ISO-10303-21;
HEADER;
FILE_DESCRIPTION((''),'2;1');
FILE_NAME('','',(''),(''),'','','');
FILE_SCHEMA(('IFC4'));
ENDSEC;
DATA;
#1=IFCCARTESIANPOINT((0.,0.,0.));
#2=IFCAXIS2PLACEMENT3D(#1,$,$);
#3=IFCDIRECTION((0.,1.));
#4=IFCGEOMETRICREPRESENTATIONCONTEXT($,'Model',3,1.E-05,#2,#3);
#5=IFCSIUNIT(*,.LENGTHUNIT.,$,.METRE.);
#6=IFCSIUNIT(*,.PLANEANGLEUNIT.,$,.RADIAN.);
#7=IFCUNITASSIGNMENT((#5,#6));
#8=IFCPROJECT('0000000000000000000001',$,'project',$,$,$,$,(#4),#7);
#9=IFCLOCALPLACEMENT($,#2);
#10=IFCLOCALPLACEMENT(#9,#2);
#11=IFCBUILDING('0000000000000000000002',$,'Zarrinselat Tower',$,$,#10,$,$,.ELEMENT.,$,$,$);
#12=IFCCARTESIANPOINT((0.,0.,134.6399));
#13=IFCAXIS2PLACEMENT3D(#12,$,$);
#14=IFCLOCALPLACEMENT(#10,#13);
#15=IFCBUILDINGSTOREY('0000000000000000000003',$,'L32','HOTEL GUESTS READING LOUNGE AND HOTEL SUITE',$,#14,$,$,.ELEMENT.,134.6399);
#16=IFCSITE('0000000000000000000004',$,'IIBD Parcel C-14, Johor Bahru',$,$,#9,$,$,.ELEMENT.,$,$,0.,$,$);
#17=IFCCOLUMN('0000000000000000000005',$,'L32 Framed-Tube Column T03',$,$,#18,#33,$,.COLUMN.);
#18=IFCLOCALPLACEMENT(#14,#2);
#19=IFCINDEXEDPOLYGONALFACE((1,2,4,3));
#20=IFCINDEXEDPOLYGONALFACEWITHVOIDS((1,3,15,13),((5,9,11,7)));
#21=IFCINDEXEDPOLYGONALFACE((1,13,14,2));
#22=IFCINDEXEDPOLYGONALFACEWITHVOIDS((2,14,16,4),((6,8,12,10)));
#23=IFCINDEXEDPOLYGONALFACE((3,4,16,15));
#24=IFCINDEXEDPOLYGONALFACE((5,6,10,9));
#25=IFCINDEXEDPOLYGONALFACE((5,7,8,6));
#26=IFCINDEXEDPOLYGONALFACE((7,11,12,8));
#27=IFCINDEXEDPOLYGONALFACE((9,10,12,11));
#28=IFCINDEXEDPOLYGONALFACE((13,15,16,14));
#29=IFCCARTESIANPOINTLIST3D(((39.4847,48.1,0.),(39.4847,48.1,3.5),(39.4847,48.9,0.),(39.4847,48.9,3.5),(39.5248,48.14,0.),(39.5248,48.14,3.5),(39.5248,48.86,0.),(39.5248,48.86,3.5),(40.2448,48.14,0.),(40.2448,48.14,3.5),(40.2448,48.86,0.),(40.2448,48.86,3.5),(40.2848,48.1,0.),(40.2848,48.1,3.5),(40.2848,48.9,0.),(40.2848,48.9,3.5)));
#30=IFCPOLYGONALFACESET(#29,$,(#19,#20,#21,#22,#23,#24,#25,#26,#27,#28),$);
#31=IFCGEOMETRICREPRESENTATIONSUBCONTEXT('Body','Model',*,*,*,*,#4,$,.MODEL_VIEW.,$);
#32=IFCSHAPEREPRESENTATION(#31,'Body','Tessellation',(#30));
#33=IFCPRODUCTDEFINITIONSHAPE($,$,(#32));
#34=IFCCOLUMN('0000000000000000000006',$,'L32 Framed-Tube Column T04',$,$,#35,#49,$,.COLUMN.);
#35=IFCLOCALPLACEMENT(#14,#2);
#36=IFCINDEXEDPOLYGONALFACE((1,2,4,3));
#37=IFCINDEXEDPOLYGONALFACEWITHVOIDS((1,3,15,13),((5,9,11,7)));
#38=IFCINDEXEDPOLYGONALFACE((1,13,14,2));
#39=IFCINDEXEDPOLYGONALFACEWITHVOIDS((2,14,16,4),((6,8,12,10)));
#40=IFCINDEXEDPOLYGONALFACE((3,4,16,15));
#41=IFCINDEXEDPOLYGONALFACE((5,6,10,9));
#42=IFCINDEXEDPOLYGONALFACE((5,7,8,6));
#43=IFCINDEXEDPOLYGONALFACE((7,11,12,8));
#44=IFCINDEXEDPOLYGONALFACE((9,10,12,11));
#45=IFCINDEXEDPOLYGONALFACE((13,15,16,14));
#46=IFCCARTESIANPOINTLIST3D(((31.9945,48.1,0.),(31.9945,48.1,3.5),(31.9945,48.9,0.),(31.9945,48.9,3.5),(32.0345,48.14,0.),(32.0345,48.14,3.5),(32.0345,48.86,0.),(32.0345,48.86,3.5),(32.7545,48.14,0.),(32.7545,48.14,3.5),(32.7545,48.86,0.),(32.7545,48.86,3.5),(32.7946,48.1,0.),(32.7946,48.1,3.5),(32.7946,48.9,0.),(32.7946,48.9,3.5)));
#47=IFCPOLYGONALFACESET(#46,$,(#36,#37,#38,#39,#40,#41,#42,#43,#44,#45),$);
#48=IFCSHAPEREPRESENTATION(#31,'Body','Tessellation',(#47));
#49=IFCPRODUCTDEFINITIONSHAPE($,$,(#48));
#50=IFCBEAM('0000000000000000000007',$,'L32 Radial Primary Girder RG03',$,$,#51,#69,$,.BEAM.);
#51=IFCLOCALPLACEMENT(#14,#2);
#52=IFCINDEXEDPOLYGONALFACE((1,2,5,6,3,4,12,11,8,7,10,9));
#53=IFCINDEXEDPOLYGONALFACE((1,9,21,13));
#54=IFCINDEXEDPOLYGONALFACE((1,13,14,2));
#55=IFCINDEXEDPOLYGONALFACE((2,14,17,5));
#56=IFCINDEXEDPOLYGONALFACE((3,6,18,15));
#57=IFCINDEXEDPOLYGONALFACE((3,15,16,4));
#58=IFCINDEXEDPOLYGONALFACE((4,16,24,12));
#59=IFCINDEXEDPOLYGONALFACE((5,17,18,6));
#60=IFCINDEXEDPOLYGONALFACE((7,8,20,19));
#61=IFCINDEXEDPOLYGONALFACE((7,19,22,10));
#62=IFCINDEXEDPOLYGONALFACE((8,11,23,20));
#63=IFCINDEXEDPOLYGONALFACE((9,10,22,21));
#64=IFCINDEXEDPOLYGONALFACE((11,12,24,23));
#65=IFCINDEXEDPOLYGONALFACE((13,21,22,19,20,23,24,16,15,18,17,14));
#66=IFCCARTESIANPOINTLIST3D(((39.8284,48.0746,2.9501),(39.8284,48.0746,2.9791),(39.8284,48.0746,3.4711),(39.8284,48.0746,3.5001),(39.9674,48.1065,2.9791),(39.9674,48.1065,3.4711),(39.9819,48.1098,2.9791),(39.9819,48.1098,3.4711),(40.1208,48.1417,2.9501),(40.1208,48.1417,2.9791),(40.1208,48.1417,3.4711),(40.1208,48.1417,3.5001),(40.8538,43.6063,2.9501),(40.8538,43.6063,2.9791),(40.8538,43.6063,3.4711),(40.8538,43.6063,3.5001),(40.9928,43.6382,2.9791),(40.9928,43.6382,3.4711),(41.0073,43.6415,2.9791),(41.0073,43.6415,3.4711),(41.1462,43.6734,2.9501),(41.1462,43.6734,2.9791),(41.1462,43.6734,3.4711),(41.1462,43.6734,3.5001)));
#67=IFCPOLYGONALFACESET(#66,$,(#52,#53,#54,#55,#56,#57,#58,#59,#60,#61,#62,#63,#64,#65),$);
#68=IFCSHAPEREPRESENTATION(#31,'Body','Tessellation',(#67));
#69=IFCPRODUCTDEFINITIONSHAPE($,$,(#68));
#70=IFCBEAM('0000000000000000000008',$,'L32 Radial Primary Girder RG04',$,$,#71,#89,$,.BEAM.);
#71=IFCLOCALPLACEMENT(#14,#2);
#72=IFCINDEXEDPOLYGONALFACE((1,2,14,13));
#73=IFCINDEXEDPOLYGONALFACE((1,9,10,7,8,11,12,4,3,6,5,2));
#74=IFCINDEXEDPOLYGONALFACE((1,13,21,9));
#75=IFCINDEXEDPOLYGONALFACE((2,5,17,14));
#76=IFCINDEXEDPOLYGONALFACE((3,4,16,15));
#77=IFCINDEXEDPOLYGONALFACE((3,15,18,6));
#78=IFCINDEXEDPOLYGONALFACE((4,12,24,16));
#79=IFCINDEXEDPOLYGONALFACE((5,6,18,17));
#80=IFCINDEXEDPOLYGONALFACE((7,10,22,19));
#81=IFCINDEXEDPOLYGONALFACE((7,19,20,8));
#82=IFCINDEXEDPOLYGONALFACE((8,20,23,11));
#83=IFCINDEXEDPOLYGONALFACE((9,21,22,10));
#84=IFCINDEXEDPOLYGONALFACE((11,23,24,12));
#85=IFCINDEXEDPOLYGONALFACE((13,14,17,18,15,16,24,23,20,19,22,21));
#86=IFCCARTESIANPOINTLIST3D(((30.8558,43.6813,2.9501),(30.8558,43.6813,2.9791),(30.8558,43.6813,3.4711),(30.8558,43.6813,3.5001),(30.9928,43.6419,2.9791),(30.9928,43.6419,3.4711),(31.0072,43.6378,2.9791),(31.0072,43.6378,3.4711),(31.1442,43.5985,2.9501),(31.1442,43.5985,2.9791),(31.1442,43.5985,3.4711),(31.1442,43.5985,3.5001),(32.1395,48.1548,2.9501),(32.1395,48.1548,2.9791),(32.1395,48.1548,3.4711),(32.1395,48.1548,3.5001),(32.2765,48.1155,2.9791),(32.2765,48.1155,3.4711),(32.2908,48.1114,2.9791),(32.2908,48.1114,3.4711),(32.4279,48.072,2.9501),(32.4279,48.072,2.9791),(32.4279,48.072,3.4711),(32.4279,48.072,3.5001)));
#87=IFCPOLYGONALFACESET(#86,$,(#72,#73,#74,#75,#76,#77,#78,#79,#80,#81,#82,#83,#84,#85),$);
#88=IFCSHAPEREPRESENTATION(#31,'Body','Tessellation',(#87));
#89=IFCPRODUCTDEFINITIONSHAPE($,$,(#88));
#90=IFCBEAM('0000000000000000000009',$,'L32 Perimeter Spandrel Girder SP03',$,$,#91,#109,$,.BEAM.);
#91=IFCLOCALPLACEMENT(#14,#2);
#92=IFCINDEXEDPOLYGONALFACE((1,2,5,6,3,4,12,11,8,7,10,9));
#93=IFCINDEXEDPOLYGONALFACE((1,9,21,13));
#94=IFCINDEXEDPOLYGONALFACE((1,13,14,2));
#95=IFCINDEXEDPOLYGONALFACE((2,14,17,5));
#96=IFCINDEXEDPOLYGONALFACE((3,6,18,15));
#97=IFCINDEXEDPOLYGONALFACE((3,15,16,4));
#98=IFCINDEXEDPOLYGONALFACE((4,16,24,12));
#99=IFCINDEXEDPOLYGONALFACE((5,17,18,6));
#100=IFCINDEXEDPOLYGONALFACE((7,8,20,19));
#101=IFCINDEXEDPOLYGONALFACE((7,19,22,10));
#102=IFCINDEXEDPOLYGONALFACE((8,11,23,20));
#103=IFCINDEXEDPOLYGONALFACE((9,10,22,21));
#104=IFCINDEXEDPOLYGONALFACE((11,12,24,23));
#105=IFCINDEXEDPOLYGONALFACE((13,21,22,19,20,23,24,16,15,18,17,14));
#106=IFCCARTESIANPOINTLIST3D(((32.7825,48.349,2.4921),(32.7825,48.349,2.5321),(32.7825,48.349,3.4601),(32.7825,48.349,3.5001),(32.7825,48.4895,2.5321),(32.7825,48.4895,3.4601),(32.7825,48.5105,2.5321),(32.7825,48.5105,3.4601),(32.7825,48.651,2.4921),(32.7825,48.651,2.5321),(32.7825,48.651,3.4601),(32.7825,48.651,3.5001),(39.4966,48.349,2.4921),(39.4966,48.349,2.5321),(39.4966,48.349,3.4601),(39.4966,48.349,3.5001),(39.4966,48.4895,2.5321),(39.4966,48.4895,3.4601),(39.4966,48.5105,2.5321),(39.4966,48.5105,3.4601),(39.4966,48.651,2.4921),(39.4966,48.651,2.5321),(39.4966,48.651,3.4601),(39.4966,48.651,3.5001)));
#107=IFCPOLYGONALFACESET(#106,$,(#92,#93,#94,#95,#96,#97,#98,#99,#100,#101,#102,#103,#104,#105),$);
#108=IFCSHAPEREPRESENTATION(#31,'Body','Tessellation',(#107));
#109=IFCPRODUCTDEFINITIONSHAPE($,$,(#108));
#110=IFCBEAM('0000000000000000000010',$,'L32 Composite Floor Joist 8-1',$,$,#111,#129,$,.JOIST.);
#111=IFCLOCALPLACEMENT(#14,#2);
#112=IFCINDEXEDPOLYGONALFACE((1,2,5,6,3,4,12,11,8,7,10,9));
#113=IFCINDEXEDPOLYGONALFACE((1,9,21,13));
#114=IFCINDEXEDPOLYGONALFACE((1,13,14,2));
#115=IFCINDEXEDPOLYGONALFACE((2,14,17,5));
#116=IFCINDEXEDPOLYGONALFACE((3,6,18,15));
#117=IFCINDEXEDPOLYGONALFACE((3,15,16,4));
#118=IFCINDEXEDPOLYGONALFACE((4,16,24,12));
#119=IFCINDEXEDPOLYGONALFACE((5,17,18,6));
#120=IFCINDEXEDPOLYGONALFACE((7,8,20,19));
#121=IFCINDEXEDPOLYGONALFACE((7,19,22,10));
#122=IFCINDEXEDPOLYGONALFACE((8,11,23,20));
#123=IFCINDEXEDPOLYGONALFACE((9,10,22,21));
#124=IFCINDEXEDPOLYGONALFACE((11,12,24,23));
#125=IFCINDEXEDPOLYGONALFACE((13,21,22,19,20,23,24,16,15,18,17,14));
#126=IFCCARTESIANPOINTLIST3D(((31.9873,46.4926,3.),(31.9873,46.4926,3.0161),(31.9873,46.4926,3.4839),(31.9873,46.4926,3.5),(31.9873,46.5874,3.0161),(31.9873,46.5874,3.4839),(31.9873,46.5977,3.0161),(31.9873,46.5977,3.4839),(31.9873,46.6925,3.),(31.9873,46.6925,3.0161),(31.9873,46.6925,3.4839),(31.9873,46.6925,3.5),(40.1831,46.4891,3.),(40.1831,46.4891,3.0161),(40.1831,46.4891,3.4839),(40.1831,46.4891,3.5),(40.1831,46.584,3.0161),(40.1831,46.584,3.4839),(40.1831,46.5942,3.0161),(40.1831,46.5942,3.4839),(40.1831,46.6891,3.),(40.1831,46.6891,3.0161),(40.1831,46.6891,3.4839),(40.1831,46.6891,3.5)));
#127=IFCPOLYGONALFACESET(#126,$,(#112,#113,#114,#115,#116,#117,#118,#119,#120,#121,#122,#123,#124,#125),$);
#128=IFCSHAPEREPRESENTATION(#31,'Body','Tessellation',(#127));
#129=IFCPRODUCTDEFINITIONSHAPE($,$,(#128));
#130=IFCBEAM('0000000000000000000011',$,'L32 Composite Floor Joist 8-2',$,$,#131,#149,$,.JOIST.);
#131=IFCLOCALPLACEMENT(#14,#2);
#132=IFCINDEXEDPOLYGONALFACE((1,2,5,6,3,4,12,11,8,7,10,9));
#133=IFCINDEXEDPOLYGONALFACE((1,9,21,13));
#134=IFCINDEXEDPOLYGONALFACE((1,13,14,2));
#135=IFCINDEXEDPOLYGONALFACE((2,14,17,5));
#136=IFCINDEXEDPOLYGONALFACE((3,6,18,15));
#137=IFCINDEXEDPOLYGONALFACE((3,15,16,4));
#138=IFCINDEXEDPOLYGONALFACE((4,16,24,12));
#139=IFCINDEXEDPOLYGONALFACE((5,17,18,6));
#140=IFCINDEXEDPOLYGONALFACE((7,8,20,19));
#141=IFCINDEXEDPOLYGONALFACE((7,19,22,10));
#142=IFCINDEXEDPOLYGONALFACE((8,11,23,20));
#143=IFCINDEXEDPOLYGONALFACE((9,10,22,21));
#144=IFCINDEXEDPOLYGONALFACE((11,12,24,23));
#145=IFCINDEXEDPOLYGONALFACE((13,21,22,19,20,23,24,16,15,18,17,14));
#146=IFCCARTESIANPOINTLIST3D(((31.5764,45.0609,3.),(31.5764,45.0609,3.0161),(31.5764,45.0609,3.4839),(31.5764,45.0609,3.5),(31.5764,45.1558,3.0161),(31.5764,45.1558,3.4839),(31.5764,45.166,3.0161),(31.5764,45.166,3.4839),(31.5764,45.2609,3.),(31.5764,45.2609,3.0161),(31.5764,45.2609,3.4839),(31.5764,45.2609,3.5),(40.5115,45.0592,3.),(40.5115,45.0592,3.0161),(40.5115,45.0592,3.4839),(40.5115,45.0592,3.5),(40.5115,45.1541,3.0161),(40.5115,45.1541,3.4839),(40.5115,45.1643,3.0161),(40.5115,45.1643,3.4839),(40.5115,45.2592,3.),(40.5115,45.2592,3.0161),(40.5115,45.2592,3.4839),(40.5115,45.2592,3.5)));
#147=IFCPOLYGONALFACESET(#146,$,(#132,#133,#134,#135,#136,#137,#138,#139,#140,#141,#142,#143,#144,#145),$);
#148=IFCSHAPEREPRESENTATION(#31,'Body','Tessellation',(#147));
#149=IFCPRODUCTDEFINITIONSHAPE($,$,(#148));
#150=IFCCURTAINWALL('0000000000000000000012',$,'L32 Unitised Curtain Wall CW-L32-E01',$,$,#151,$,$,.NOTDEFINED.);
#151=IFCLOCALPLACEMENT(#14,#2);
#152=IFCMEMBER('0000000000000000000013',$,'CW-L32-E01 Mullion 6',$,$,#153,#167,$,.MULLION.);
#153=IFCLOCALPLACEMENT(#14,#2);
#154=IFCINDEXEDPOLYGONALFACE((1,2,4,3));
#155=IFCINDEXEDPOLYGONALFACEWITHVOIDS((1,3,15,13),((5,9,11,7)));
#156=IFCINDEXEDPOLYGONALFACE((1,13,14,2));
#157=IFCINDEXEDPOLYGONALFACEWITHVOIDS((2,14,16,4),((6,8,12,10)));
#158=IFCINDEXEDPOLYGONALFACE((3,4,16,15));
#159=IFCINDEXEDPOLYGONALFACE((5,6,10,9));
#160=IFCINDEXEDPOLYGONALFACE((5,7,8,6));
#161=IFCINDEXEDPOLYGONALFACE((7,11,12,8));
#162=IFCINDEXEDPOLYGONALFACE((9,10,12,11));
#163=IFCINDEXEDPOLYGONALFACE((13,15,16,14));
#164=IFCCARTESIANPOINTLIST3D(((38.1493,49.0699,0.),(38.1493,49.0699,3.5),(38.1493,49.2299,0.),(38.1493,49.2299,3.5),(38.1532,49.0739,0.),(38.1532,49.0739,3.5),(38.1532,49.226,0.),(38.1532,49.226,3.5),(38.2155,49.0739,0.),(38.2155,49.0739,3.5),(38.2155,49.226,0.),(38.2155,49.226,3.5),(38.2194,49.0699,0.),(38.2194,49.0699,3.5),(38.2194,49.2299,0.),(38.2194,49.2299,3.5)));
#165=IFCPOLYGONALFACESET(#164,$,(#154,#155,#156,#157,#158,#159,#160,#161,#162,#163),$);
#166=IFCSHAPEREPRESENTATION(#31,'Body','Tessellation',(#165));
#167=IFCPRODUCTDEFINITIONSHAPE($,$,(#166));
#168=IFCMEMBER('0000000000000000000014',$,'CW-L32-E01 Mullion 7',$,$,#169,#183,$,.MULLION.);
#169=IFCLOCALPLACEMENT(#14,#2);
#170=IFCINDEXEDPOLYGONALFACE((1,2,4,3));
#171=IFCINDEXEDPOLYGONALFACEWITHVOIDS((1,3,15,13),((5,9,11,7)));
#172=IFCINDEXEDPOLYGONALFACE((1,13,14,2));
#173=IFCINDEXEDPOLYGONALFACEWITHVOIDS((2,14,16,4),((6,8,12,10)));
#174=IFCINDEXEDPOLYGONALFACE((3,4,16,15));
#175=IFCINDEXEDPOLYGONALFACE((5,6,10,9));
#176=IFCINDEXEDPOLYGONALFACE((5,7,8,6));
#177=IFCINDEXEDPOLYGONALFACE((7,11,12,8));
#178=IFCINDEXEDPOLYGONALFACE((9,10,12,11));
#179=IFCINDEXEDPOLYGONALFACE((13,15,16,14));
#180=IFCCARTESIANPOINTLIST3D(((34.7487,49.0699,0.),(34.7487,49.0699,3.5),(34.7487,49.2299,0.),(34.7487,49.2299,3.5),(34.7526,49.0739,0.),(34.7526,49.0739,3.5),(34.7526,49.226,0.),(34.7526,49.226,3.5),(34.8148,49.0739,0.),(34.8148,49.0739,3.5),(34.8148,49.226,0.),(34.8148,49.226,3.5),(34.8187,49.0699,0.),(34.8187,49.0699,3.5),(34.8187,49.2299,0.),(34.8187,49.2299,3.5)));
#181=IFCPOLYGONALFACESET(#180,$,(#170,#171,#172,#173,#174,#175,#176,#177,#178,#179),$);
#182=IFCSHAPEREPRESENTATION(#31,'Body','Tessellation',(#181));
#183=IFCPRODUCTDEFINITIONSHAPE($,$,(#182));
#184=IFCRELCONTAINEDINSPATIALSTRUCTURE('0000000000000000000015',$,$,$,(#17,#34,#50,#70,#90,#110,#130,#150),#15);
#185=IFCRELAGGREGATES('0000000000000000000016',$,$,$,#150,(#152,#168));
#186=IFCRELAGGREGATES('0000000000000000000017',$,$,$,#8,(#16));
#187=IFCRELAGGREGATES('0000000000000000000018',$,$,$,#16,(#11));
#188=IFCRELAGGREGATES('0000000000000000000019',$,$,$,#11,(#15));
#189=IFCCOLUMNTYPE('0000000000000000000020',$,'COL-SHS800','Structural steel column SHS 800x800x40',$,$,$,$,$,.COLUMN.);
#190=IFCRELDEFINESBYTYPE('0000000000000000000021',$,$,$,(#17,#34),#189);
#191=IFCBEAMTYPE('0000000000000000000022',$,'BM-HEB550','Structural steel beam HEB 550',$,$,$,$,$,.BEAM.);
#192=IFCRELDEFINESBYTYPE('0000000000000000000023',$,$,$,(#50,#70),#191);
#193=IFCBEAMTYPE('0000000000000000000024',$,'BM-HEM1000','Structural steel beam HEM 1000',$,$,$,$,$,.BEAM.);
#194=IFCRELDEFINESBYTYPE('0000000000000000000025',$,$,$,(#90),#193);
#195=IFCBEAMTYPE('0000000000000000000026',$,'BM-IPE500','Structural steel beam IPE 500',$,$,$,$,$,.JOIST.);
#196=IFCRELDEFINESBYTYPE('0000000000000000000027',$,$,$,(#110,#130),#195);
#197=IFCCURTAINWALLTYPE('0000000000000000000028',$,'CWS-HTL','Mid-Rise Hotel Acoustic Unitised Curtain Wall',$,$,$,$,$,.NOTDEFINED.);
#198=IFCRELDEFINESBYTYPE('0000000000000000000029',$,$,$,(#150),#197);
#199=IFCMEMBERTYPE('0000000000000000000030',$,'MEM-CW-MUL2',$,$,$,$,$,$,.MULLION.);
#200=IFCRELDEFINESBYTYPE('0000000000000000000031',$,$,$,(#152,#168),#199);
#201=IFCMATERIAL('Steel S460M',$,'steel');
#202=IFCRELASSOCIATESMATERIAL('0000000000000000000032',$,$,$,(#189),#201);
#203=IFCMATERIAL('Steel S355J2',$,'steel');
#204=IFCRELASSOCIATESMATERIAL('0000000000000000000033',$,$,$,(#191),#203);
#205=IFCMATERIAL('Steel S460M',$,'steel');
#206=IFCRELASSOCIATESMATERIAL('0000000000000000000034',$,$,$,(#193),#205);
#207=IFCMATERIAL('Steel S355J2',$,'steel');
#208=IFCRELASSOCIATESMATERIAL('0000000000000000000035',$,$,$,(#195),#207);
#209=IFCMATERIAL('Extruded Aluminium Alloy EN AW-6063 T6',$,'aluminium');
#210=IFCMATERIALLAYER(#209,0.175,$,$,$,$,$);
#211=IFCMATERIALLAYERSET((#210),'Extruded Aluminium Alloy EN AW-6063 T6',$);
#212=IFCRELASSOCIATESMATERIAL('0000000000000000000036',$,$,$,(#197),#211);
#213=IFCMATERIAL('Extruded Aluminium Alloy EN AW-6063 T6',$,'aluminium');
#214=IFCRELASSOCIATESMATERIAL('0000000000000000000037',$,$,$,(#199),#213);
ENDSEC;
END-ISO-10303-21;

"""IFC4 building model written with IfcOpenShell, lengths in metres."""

from ifc_helpers import new_model, si_unit, direction, frame, origin, origin_2d, place, context, subcontext, project, spatial, hollow_rectangle, i_section, extrude, material, layer, layer_set, material_profile, profile_set, type_object, element, aggregate, save


model = new_model("IFC4")

# Units and contexts
model_context = context("Model", 3, precision=1e-05, world=origin(), true_north=direction((0.0, 1.0)))
body_context = subcontext(model_context, "Body", "Model", "MODEL_VIEW")
ifc_project = project(units=[si_unit("LENGTHUNIT", "METRE"), si_unit("PLANEANGLEUNIT", "RADIAN")], contexts=[model_context])

# Site, building, storey
site_placement = place(None, origin())
site = spatial("IfcSite", under=ifc_project, at=site_placement, Name="IIBD Parcel C-14, Johor Bahru", CompositionType="ELEMENT", RefElevation=0.0)
building_placement = place(site_placement, origin())
building = spatial("IfcBuilding", under=site, at=building_placement, Name="Zarrinselat Tower", CompositionType="ELEMENT")
storey_placement = place(building_placement, frame((0.0, 0.0, 134.6399)))
storey = spatial("IfcBuildingStorey", under=building, at=storey_placement, Name="L32", Description="HOTEL GUESTS READING LOUNGE AND HOTEL SUITE", CompositionType="ELEMENT", Elevation=134.6399)

# Columns
ifc_material_1 = material(Name="Steel S460M", Category="steel")
ifc_material_profile_1 = material_profile(ifc_material_1, hollow_rectangle(XDim=0.8, YDim=0.8, WallThickness=0.04, at=origin_2d()), Name="SHS 800x800x40")
ifc_profile_set_1 = profile_set([ifc_material_profile_1], Name="Steel S460M")
column_type = type_object("IfcColumnType", Name="COL-SHS800", Description="Structural steel column SHS 800x800x40", PredefinedType="COLUMN", material=ifc_profile_set_1)
for number, where, z_axis, x_axis, name in (
    (1, (39.8848, 48.5, 0.0), (0.0, 0.0, 1.0), (1.0, 0.0, 0.0), "L32 Framed-Tube Column T03"),
    (2, (32.3945, 48.5, 0.0), (0.0, 0.0, 1.0), (1.0, 0.0, 0.0), "L32 Framed-Tube Column T04"),
):
    element("IfcColumn", number, at=place(storey_placement, frame(where, z_axis=z_axis, x_axis=x_axis)), inside=storey, type_object=column_type, Name=name, PredefinedType="COLUMN", context=body_context, shape_type="SweptSolid", body=[
        extrude(hollow_rectangle(XDim=0.8, YDim=0.8, WallThickness=0.04, at=origin_2d()), origin(), (0.0, 0.0, 1.0), 3.5),
    ])

# Beams
ifc_material_2 = material(Name="Steel S355J2", Category="steel")
ifc_material_profile_2 = material_profile(ifc_material_2, i_section(OverallWidth=0.3, OverallDepth=0.55, WebThickness=0.0149, FlangeThickness=0.0291, at=origin_2d()), Name="HEB 550")
ifc_profile_set_2 = profile_set([ifc_material_profile_2], Name="Steel S355J2")
beam_type_1 = type_object("IfcBeamType", Name="BM-HEB550", Description="Structural steel beam HEB 550", PredefinedType="BEAM", material=ifc_profile_set_2)
beam_1_placement = place(storey_placement, frame((39.9746, 48.1082, 3.2251), z_axis=(0.223669, -0.974665, 0.0), x_axis=(0.974665, 0.223669, 0.0)))
element("IfcBeam", 3, at=beam_1_placement, inside=storey, type_object=beam_type_1, Name="L32 Radial Primary Girder RG03", PredefinedType="BEAM", context=body_context, shape_type="SweptSolid", body=[
    extrude(i_section(OverallWidth=0.3, OverallDepth=0.55, WebThickness=0.0149, FlangeThickness=0.0291, at=origin_2d()), origin(), (0.0, 0.0, 1.0), 4.5845),
])
beam_2_placement = place(storey_placement, frame((31.0, 43.6399, 3.2251), z_axis=(0.275816, 0.961211, 0.0), x_axis=(-0.961211, 0.275816, 0.0)))
element("IfcBeam", 4, at=beam_2_placement, inside=storey, type_object=beam_type_1, Name="L32 Radial Primary Girder RG04", PredefinedType="BEAM", context=body_context, shape_type="SweptSolid", body=[
    extrude(i_section(OverallWidth=0.3, OverallDepth=0.55, WebThickness=0.0149, FlangeThickness=0.0291, at=origin_2d()), origin(), (0.0, 0.0, 1.0), 4.6541),
])
ifc_material_3 = material(Name="Steel S460M", Category="steel")
ifc_material_profile_3 = material_profile(ifc_material_3, i_section(OverallWidth=0.302, OverallDepth=1.0081, WebThickness=0.021, FlangeThickness=0.04, at=origin_2d()), Name="HEM 1000")
ifc_profile_set_3 = profile_set([ifc_material_profile_3], Name="Steel S460M")
beam_type_2 = type_object("IfcBeamType", Name="BM-HEM1000", Description="Structural steel beam HEM 1000", PredefinedType="BEAM", material=ifc_profile_set_3)
beam_3_placement = place(storey_placement, frame((32.7825, 48.5, 2.9961), z_axis=(1.0, 0.0, 0.0), x_axis=(0.0, 1.0, 0.0)))
element("IfcBeam", 5, at=beam_3_placement, inside=storey, type_object=beam_type_2, Name="L32 Perimeter Spandrel Girder SP03", PredefinedType="BEAM", context=body_context, shape_type="SweptSolid", body=[
    extrude(i_section(OverallWidth=0.302, OverallDepth=1.0081, WebThickness=0.021, FlangeThickness=0.04, at=origin_2d()), origin(), (0.0, 0.0, 1.0), 6.7141),
])
ifc_material_4 = material(Name="Steel S355J2", Category="steel")
ifc_material_profile_4 = material_profile(ifc_material_4, i_section(OverallWidth=0.2, OverallDepth=0.5, WebThickness=0.0103, FlangeThickness=0.0161, at=origin_2d()), Name="IPE 500")
ifc_profile_set_4 = profile_set([ifc_material_profile_4], Name="Steel S355J2")
beam_type_3 = type_object("IfcBeamType", Name="BM-IPE500", Description="Structural steel beam IPE 500", PredefinedType="JOIST", material=ifc_profile_set_4)
beam_4_placement = place(storey_placement, frame((31.9873, 46.5925, 3.25), z_axis=(1.0, -0.000417, 0.0), x_axis=(0.000417, 1.0, 0.0)))
element("IfcBeam", 6, at=beam_4_placement, inside=storey, type_object=beam_type_3, Name="L32 Composite Floor Joist 8-1", PredefinedType="JOIST", context=body_context, shape_type="SweptSolid", body=[
    extrude(i_section(OverallWidth=0.2, OverallDepth=0.5, WebThickness=0.0103, FlangeThickness=0.0161, at=origin_2d()), origin(), (0.0, 0.0, 1.0), 8.1958),
])
beam_5_placement = place(storey_placement, frame((31.5764, 45.1609, 3.25), z_axis=(1.0, -0.000191, 0.0), x_axis=(0.000191, 1.0, 0.0)))
element("IfcBeam", 7, at=beam_5_placement, inside=storey, type_object=beam_type_3, Name="L32 Composite Floor Joist 8-2", PredefinedType="JOIST", context=body_context, shape_type="SweptSolid", body=[
    extrude(i_section(OverallWidth=0.2, OverallDepth=0.5, WebThickness=0.0103, FlangeThickness=0.0161, at=origin_2d()), origin(), (0.0, 0.0, 1.0), 8.9351),
])

# Curtain wall, members
ifc_material_5 = material(Name="Extruded Aluminium Alloy EN AW-6063 T6", Category="aluminium")
ifc_layer_1 = layer(ifc_material_5, 0.175)
ifc_layer_set_1 = layer_set([ifc_layer_1], Name="Extruded Aluminium Alloy EN AW-6063 T6")
curtain_wall_type = type_object("IfcCurtainWallType", Name="CWS-HTL", Description="Mid-Rise Hotel Acoustic Unitised Curtain Wall", PredefinedType="NOTDEFINED", material=ifc_layer_set_1)
curtain_wall_placement = place(storey_placement, origin())
curtain_wall = element("IfcCurtainWall", 8, at=curtain_wall_placement, inside=storey, type_object=curtain_wall_type, Name="L32 Unitised Curtain Wall CW-L32-E01", PredefinedType="NOTDEFINED")
ifc_material_6 = material(Name="Extruded Aluminium Alloy EN AW-6063 T6", Category="aluminium")
ifc_material_profile_5 = material_profile(ifc_material_6, hollow_rectangle(XDim=0.0701, YDim=0.1599, WallThickness=0.0039, at=origin_2d()), Name="RHS 160x70x4")
ifc_profile_set_5 = profile_set([ifc_material_profile_5], Name="Extruded Aluminium Alloy EN AW-6063 T6")
member_type_1 = type_object("IfcMemberType", Name="MEM-CW-MUL2", PredefinedType="MULLION", material=ifc_profile_set_5)
member_1_placement = place(storey_placement, frame((38.1843, 49.1499, 0.0), z_axis=(0.0, 0.0, 1.0), x_axis=(-1.0, 0.0, 0.0)))
member_1 = element("IfcMember", 9, at=member_1_placement, type_object=member_type_1, Name="CW-L32-E01 Mullion 6", PredefinedType="MULLION", context=body_context, shape_type="SweptSolid", body=[
    extrude(hollow_rectangle(XDim=0.0701, YDim=0.1599, WallThickness=0.0039, at=origin_2d()), origin(), (0.0, 0.0, 1.0), 3.5),
])
member_2_placement = place(storey_placement, frame((34.7837, 49.1499, 0.0), z_axis=(0.0, 0.0, 1.0), x_axis=(-1.0, 0.0, 0.0)))
member_2 = element("IfcMember", 10, at=member_2_placement, type_object=member_type_1, Name="CW-L32-E01 Mullion 7", PredefinedType="MULLION", context=body_context, shape_type="SweptSolid", body=[
    extrude(hollow_rectangle(XDim=0.0701, YDim=0.1599, WallThickness=0.0039, at=origin_2d()), origin(), (0.0, 0.0, 1.0), 3.5),
])
aggregate(curtain_wall, [member_1, member_2])

save(model, "model.ifc")
